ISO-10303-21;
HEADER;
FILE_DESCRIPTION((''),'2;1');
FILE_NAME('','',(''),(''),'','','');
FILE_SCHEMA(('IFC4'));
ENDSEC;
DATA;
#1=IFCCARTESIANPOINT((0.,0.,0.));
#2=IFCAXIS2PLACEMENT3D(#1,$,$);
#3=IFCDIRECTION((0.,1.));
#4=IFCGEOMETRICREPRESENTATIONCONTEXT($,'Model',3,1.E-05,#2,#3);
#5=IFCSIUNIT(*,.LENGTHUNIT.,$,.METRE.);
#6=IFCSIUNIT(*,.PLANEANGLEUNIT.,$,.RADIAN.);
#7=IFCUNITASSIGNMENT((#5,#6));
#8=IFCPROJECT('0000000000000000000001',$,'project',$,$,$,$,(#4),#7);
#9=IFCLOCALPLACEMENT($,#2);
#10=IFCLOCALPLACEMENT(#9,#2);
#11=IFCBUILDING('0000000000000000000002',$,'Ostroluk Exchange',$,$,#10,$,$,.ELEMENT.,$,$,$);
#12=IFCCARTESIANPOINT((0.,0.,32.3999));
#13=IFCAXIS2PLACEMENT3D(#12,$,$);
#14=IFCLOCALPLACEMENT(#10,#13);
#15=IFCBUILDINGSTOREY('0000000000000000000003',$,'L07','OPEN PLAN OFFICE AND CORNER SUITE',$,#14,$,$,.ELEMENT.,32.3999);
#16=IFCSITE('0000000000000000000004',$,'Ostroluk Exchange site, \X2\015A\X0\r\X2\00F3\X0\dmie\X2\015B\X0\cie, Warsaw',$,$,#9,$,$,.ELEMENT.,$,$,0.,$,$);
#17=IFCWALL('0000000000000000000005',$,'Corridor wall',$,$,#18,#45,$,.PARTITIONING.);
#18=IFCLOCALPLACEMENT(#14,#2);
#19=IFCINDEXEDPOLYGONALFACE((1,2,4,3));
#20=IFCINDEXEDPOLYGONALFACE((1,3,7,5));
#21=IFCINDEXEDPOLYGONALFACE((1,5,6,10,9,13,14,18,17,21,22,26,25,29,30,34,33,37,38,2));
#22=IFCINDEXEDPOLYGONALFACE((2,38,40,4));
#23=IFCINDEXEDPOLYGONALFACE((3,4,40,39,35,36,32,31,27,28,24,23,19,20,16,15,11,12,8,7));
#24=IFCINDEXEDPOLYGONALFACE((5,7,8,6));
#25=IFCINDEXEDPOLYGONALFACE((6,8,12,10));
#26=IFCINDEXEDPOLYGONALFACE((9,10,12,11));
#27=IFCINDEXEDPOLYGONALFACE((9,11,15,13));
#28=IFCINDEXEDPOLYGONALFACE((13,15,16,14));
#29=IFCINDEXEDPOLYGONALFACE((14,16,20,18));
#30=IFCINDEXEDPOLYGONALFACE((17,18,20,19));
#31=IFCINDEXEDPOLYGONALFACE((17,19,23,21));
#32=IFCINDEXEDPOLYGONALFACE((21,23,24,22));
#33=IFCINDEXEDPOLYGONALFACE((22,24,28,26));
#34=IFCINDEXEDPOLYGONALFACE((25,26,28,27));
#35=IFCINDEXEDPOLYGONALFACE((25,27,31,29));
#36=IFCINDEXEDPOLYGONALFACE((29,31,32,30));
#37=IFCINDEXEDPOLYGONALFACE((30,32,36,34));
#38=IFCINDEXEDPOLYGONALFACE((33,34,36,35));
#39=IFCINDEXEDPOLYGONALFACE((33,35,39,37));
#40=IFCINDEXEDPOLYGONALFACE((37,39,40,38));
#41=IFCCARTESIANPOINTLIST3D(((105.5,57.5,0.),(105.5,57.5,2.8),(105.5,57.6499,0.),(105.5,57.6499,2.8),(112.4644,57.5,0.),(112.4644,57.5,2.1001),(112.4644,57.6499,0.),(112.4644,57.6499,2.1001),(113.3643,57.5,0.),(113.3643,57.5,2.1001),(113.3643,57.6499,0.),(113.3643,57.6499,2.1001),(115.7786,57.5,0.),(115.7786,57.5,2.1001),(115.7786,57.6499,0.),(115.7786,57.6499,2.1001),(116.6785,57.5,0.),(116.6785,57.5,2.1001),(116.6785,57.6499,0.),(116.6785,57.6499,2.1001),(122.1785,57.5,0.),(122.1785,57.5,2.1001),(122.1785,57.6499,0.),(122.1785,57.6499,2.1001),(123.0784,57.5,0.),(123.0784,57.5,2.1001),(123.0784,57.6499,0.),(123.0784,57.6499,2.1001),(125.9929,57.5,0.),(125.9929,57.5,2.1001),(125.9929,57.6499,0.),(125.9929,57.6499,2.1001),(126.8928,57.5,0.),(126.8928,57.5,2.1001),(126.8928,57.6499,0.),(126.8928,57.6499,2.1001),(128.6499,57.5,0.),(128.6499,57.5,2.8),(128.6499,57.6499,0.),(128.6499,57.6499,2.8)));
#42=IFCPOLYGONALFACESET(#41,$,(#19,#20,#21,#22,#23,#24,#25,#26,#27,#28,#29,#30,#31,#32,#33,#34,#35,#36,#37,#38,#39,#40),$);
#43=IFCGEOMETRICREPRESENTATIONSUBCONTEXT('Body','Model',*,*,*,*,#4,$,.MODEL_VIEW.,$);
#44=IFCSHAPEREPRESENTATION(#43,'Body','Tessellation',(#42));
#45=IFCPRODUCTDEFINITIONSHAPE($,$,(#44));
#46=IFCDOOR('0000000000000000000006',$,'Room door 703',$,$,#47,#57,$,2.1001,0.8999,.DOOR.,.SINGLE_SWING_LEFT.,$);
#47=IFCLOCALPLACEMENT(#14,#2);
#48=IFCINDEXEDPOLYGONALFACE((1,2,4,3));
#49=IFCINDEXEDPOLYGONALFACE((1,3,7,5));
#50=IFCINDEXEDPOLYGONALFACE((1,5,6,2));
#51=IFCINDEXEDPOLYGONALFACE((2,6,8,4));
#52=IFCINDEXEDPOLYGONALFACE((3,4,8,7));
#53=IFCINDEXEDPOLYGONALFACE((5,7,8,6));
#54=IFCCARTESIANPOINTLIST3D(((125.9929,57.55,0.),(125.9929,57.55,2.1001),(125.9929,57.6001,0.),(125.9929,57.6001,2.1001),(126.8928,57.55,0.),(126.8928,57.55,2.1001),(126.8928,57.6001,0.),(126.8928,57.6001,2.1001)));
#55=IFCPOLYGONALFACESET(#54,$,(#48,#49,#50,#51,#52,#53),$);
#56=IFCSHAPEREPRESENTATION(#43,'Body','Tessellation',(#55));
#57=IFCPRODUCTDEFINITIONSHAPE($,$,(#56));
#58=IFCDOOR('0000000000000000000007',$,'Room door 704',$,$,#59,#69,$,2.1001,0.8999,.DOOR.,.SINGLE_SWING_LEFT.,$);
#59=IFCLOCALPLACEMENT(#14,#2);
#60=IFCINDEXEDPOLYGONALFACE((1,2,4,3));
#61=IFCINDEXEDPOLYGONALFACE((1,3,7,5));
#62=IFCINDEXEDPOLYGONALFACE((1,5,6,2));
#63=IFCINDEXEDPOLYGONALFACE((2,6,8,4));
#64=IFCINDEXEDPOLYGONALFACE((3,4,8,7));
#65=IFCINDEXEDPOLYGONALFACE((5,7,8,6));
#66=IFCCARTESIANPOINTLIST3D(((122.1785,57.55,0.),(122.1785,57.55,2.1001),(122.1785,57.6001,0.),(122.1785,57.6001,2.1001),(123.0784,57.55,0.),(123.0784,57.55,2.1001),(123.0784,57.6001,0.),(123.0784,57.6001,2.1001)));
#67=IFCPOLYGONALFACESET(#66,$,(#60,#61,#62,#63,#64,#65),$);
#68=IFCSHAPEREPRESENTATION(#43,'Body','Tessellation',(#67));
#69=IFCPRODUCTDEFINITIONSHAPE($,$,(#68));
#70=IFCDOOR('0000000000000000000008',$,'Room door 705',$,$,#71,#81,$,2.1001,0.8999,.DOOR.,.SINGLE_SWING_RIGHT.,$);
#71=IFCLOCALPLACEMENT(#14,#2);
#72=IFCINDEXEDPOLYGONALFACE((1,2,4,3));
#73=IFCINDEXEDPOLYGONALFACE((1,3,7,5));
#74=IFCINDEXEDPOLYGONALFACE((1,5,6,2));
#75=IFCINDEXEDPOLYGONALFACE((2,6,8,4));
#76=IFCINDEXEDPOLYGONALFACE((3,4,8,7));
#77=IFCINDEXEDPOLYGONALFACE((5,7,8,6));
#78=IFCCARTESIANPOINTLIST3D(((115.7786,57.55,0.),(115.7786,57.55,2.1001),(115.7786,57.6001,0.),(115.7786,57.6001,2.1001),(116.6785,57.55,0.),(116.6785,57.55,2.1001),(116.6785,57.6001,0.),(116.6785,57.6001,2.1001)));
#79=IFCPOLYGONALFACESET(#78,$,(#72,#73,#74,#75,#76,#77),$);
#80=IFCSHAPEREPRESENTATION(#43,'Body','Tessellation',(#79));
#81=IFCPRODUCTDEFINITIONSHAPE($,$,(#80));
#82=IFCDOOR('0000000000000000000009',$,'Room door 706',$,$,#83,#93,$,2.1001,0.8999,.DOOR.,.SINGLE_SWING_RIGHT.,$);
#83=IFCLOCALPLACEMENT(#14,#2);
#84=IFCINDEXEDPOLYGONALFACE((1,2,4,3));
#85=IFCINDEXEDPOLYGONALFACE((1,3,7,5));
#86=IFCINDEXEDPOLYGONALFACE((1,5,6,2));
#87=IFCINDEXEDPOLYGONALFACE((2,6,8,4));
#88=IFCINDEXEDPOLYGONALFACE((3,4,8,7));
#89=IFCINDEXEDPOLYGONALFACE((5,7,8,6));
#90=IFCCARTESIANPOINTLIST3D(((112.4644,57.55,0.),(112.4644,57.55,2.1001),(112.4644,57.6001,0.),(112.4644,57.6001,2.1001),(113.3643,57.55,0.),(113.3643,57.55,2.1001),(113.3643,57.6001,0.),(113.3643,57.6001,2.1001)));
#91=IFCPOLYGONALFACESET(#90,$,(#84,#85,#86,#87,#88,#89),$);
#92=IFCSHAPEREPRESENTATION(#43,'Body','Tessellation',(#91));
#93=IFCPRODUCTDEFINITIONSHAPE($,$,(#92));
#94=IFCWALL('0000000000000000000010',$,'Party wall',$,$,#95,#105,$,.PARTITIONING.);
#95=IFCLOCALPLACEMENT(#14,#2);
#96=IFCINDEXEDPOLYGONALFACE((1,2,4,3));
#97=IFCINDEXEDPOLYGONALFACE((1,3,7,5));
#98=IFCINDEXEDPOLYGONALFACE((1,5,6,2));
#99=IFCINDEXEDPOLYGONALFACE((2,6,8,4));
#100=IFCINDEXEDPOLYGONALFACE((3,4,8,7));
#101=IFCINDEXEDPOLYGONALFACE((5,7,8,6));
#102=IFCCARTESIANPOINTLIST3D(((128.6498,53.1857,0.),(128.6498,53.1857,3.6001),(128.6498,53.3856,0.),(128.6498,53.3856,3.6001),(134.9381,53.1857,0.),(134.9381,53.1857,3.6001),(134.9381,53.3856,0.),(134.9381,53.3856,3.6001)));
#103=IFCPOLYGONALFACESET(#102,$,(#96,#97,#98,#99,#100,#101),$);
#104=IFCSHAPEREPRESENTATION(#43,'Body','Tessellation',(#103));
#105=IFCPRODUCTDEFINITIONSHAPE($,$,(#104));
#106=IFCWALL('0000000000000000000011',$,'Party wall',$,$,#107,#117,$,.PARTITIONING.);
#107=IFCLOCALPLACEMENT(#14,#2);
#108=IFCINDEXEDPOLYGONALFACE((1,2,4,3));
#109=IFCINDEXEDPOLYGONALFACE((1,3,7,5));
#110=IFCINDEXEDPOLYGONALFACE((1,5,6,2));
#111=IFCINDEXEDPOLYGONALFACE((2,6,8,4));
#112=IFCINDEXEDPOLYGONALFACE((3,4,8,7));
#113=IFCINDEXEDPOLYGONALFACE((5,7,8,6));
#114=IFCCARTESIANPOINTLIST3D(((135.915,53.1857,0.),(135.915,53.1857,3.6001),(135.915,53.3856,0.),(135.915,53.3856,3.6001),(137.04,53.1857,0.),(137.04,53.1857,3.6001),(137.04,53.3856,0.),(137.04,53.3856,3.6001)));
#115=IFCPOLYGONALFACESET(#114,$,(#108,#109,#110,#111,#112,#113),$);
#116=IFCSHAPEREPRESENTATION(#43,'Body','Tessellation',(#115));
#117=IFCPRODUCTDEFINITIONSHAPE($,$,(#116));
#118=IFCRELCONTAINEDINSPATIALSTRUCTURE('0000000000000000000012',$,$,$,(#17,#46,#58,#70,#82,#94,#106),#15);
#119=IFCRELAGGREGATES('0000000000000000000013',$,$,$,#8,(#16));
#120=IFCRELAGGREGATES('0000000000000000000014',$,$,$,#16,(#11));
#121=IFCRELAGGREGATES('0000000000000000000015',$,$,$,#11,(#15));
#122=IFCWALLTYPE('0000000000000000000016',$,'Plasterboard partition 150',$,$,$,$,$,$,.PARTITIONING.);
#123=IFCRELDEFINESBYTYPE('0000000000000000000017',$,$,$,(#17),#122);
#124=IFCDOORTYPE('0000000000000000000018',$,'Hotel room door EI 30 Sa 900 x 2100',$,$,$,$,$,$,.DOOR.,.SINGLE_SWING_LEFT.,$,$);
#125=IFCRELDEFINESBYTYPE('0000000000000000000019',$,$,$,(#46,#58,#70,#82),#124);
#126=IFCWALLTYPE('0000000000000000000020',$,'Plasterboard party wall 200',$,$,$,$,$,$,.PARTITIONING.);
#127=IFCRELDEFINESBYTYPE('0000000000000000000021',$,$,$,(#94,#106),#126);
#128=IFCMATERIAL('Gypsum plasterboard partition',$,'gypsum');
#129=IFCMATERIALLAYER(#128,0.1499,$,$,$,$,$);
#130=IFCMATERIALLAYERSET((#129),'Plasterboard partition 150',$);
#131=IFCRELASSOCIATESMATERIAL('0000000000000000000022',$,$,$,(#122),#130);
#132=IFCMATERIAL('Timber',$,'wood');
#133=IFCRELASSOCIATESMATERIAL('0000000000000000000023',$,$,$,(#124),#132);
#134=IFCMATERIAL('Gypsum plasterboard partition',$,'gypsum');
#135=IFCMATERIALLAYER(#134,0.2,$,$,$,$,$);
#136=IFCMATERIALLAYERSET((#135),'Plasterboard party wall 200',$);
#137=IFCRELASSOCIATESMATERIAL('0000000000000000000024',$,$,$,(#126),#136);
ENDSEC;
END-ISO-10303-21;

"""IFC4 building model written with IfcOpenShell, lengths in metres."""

from ifc_helpers import new_model, si_unit, direction, frame, frame_2d, origin, place, context, subcontext, project, spatial, rectangle, extrude, material, layer, layer_set, type_object, element, fill, save


model = new_model("IFC4")

# Units and contexts
model_context = context("Model", 3, precision=1e-05, world=origin(), true_north=direction((0.0, 1.0)))
body_context = subcontext(model_context, "Body", "Model", "MODEL_VIEW")
ifc_project = project(units=[si_unit("LENGTHUNIT", "METRE"), si_unit("PLANEANGLEUNIT", "RADIAN")], contexts=[model_context])

# Site, building, storey
site_placement = place(None, origin())
site = spatial("IfcSite", under=ifc_project, at=site_placement, Name="Ostroluk Exchange site, Śródmieście, Warsaw", CompositionType="ELEMENT", RefElevation=0.0)
building_placement = place(site_placement, origin())
building = spatial("IfcBuilding", under=site, at=building_placement, Name="Ostroluk Exchange", CompositionType="ELEMENT")
storey_placement = place(building_placement, frame((0.0, 0.0, 32.3999)))
storey = spatial("IfcBuildingStorey", under=building, at=storey_placement, Name="L07", Description="OPEN PLAN OFFICE AND CORNER SUITE", CompositionType="ELEMENT", Elevation=32.3999)

# Wall, openings, doors
ifc_material_1 = material(Name="Gypsum plasterboard partition", Category="gypsum")
ifc_layer_1 = layer(ifc_material_1, 0.1499)
ifc_layer_set_1 = layer_set([ifc_layer_1], Name="Plasterboard partition 150")
wall_type_1 = type_object("IfcWallType", Name="Plasterboard partition 150", PredefinedType="PARTITIONING", material=ifc_layer_set_1)
wall_1_placement = place(storey_placement, frame((128.6499, 57.575, 0.0), z_axis=(0.0, 0.0, 1.0), x_axis=(-1.0, 0.0, 0.0)))
wall_1 = element("IfcWall", 1, at=wall_1_placement, inside=storey, type_object=wall_type_1, Name="Corridor wall", PredefinedType="PARTITIONING", context=body_context, shape_type="SweptSolid", body=[
    extrude(rectangle(XDim=23.1499, YDim=0.1499, at=frame_2d((11.575, 0.0))), origin(), (0.0, 0.0, 1.0), 2.8),
])
opening_1_placement = place(wall_1_placement, frame((1.7571, 0.0, 0.0)))
opening_1 = element("IfcOpeningElement", 2, at=opening_1_placement, cuts=wall_1, PredefinedType="OPENING", context=body_context, shape_type="SweptSolid", body=[
    extrude(rectangle(XDim=0.8999, YDim=2.1001, at=frame_2d((0.45, 1.05))), frame((0.0, 0.085, 0.0), z_axis=(0.0, -1.0, 0.0), x_axis=(1.0, 0.0, 0.0)), (0.0, 0.0, 1.0), 0.1699),
])
opening_2_placement = place(wall_1_placement, frame((5.5715, 0.0, 0.0)))
opening_2 = element("IfcOpeningElement", 3, at=opening_2_placement, cuts=wall_1, PredefinedType="OPENING", context=body_context, shape_type="SweptSolid", body=[
    extrude(rectangle(XDim=0.8999, YDim=2.1001, at=frame_2d((0.45, 1.05))), frame((0.0, 0.085, 0.0), z_axis=(0.0, -1.0, 0.0), x_axis=(1.0, 0.0, 0.0)), (0.0, 0.0, 1.0), 0.1699),
])
opening_3_placement = place(wall_1_placement, frame((11.9714, 0.0, 0.0)))
opening_3 = element("IfcOpeningElement", 4, at=opening_3_placement, cuts=wall_1, PredefinedType="OPENING", context=body_context, shape_type="SweptSolid", body=[
    extrude(rectangle(XDim=0.8999, YDim=2.1001, at=frame_2d((0.45, 1.05))), frame((0.0, 0.085, 0.0), z_axis=(0.0, -1.0, 0.0), x_axis=(1.0, 0.0, 0.0)), (0.0, 0.0, 1.0), 0.1699),
])
opening_4_placement = place(wall_1_placement, frame((15.2856, 0.0, 0.0)))
opening_4 = element("IfcOpeningElement", 5, at=opening_4_placement, cuts=wall_1, PredefinedType="OPENING", context=body_context, shape_type="SweptSolid", body=[
    extrude(rectangle(XDim=0.8999, YDim=2.1001, at=frame_2d((0.45, 1.05))), frame((0.0, 0.085, 0.0), z_axis=(0.0, -1.0, 0.0), x_axis=(1.0, 0.0, 0.0)), (0.0, 0.0, 1.0), 0.1699),
])
ifc_material_2 = material(Name="Timber", Category="wood")
door_type_1 = type_object("IfcDoorType", Name="Hotel room door EI 30 Sa 900 x 2100", OperationType="SINGLE_SWING_LEFT", PredefinedType="DOOR", material=ifc_material_2)
door_1_placement = place(opening_1_placement, origin())
door_1 = element("IfcDoor", 6, at=door_1_placement, inside=storey, type_object=door_type_1, Name="Room door 703", OperationType="SINGLE_SWING_LEFT", OverallHeight=2.1001, OverallWidth=0.8999, PredefinedType="DOOR", context=body_context, shape_type="SweptSolid", body=[
    extrude(rectangle(XDim=0.8999, YDim=2.1001, at=frame_2d((0.45, 1.05))), frame((0.0, 0.0249, 0.0), z_axis=(0.0, -1.0, 0.0), x_axis=(1.0, 0.0, 0.0)), (0.0, 0.0, 1.0), 0.05),
])
fill(opening_1, door_1)
door_2_placement = place(opening_2_placement, origin())
door_2 = element("IfcDoor", 7, at=door_2_placement, inside=storey, type_object=door_type_1, Name="Room door 704", OperationType="SINGLE_SWING_LEFT", OverallHeight=2.1001, OverallWidth=0.8999, PredefinedType="DOOR", context=body_context, shape_type="SweptSolid", body=[
    extrude(rectangle(XDim=0.8999, YDim=2.1001, at=frame_2d((0.45, 1.05))), frame((0.0, 0.0249, 0.0), z_axis=(0.0, -1.0, 0.0), x_axis=(1.0, 0.0, 0.0)), (0.0, 0.0, 1.0), 0.05),
])
fill(opening_2, door_2)
door_3_placement = place(opening_3_placement, origin())
door_3 = element("IfcDoor", 8, at=door_3_placement, inside=storey, type_object=door_type_1, Name="Room door 705", OperationType="SINGLE_SWING_RIGHT", OverallHeight=2.1001, OverallWidth=0.8999, PredefinedType="DOOR", context=body_context, shape_type="SweptSolid", body=[
    extrude(rectangle(XDim=0.8999, YDim=2.1001, at=frame_2d((0.45, 1.05))), frame((0.0, 0.0249, 0.0), z_axis=(0.0, -1.0, 0.0), x_axis=(1.0, 0.0, 0.0)), (0.0, 0.0, 1.0), 0.05),
])
fill(opening_3, door_3)
door_4_placement = place(opening_4_placement, origin())
door_4 = element("IfcDoor", 9, at=door_4_placement, inside=storey, type_object=door_type_1, Name="Room door 706", OperationType="SINGLE_SWING_RIGHT", OverallHeight=2.1001, OverallWidth=0.8999, PredefinedType="DOOR", context=body_context, shape_type="SweptSolid", body=[
    extrude(rectangle(XDim=0.8999, YDim=2.1001, at=frame_2d((0.45, 1.05))), frame((0.0, 0.0249, 0.0), z_axis=(0.0, -1.0, 0.0), x_axis=(1.0, 0.0, 0.0)), (0.0, 0.0, 1.0), 0.05),
])
fill(opening_4, door_4)

# Walls
ifc_material_3 = material(Name="Gypsum plasterboard partition", Category="gypsum")
ifc_layer_2 = layer(ifc_material_3, 0.2)
ifc_layer_set_2 = layer_set([ifc_layer_2], Name="Plasterboard party wall 200")
wall_type_2 = type_object("IfcWallType", Name="Plasterboard party wall 200", PredefinedType="PARTITIONING", material=ifc_layer_set_2)
wall_2_placement = place(storey_placement, frame((128.6499, 53.2856, 0.0), z_axis=(0.0, 0.0, 1.0), x_axis=(1.0, 0.0, 0.0)))
element("IfcWall", 10, at=wall_2_placement, inside=storey, type_object=wall_type_2, Name="Party wall", PredefinedType="PARTITIONING", context=body_context, shape_type="SweptSolid", body=[
    extrude(rectangle(XDim=6.2883, YDim=0.2, at=frame_2d((3.144, 0.0))), origin(), (0.0, 0.0, 1.0), 3.6001),
])
wall_3_placement = place(storey_placement, frame((135.915, 53.2856, 0.0), z_axis=(0.0, 0.0, 1.0), x_axis=(1.0, 0.0, 0.0)))
element("IfcWall", 11, at=wall_3_placement, inside=storey, type_object=wall_type_2, Name="Party wall", PredefinedType="PARTITIONING", context=body_context, shape_type="SweptSolid", body=[
    extrude(rectangle(XDim=1.125, YDim=0.2, at=frame_2d((0.5625, 0.0))), origin(), (0.0, 0.0, 1.0), 3.6001),
])

save(model, "model.ifc")
